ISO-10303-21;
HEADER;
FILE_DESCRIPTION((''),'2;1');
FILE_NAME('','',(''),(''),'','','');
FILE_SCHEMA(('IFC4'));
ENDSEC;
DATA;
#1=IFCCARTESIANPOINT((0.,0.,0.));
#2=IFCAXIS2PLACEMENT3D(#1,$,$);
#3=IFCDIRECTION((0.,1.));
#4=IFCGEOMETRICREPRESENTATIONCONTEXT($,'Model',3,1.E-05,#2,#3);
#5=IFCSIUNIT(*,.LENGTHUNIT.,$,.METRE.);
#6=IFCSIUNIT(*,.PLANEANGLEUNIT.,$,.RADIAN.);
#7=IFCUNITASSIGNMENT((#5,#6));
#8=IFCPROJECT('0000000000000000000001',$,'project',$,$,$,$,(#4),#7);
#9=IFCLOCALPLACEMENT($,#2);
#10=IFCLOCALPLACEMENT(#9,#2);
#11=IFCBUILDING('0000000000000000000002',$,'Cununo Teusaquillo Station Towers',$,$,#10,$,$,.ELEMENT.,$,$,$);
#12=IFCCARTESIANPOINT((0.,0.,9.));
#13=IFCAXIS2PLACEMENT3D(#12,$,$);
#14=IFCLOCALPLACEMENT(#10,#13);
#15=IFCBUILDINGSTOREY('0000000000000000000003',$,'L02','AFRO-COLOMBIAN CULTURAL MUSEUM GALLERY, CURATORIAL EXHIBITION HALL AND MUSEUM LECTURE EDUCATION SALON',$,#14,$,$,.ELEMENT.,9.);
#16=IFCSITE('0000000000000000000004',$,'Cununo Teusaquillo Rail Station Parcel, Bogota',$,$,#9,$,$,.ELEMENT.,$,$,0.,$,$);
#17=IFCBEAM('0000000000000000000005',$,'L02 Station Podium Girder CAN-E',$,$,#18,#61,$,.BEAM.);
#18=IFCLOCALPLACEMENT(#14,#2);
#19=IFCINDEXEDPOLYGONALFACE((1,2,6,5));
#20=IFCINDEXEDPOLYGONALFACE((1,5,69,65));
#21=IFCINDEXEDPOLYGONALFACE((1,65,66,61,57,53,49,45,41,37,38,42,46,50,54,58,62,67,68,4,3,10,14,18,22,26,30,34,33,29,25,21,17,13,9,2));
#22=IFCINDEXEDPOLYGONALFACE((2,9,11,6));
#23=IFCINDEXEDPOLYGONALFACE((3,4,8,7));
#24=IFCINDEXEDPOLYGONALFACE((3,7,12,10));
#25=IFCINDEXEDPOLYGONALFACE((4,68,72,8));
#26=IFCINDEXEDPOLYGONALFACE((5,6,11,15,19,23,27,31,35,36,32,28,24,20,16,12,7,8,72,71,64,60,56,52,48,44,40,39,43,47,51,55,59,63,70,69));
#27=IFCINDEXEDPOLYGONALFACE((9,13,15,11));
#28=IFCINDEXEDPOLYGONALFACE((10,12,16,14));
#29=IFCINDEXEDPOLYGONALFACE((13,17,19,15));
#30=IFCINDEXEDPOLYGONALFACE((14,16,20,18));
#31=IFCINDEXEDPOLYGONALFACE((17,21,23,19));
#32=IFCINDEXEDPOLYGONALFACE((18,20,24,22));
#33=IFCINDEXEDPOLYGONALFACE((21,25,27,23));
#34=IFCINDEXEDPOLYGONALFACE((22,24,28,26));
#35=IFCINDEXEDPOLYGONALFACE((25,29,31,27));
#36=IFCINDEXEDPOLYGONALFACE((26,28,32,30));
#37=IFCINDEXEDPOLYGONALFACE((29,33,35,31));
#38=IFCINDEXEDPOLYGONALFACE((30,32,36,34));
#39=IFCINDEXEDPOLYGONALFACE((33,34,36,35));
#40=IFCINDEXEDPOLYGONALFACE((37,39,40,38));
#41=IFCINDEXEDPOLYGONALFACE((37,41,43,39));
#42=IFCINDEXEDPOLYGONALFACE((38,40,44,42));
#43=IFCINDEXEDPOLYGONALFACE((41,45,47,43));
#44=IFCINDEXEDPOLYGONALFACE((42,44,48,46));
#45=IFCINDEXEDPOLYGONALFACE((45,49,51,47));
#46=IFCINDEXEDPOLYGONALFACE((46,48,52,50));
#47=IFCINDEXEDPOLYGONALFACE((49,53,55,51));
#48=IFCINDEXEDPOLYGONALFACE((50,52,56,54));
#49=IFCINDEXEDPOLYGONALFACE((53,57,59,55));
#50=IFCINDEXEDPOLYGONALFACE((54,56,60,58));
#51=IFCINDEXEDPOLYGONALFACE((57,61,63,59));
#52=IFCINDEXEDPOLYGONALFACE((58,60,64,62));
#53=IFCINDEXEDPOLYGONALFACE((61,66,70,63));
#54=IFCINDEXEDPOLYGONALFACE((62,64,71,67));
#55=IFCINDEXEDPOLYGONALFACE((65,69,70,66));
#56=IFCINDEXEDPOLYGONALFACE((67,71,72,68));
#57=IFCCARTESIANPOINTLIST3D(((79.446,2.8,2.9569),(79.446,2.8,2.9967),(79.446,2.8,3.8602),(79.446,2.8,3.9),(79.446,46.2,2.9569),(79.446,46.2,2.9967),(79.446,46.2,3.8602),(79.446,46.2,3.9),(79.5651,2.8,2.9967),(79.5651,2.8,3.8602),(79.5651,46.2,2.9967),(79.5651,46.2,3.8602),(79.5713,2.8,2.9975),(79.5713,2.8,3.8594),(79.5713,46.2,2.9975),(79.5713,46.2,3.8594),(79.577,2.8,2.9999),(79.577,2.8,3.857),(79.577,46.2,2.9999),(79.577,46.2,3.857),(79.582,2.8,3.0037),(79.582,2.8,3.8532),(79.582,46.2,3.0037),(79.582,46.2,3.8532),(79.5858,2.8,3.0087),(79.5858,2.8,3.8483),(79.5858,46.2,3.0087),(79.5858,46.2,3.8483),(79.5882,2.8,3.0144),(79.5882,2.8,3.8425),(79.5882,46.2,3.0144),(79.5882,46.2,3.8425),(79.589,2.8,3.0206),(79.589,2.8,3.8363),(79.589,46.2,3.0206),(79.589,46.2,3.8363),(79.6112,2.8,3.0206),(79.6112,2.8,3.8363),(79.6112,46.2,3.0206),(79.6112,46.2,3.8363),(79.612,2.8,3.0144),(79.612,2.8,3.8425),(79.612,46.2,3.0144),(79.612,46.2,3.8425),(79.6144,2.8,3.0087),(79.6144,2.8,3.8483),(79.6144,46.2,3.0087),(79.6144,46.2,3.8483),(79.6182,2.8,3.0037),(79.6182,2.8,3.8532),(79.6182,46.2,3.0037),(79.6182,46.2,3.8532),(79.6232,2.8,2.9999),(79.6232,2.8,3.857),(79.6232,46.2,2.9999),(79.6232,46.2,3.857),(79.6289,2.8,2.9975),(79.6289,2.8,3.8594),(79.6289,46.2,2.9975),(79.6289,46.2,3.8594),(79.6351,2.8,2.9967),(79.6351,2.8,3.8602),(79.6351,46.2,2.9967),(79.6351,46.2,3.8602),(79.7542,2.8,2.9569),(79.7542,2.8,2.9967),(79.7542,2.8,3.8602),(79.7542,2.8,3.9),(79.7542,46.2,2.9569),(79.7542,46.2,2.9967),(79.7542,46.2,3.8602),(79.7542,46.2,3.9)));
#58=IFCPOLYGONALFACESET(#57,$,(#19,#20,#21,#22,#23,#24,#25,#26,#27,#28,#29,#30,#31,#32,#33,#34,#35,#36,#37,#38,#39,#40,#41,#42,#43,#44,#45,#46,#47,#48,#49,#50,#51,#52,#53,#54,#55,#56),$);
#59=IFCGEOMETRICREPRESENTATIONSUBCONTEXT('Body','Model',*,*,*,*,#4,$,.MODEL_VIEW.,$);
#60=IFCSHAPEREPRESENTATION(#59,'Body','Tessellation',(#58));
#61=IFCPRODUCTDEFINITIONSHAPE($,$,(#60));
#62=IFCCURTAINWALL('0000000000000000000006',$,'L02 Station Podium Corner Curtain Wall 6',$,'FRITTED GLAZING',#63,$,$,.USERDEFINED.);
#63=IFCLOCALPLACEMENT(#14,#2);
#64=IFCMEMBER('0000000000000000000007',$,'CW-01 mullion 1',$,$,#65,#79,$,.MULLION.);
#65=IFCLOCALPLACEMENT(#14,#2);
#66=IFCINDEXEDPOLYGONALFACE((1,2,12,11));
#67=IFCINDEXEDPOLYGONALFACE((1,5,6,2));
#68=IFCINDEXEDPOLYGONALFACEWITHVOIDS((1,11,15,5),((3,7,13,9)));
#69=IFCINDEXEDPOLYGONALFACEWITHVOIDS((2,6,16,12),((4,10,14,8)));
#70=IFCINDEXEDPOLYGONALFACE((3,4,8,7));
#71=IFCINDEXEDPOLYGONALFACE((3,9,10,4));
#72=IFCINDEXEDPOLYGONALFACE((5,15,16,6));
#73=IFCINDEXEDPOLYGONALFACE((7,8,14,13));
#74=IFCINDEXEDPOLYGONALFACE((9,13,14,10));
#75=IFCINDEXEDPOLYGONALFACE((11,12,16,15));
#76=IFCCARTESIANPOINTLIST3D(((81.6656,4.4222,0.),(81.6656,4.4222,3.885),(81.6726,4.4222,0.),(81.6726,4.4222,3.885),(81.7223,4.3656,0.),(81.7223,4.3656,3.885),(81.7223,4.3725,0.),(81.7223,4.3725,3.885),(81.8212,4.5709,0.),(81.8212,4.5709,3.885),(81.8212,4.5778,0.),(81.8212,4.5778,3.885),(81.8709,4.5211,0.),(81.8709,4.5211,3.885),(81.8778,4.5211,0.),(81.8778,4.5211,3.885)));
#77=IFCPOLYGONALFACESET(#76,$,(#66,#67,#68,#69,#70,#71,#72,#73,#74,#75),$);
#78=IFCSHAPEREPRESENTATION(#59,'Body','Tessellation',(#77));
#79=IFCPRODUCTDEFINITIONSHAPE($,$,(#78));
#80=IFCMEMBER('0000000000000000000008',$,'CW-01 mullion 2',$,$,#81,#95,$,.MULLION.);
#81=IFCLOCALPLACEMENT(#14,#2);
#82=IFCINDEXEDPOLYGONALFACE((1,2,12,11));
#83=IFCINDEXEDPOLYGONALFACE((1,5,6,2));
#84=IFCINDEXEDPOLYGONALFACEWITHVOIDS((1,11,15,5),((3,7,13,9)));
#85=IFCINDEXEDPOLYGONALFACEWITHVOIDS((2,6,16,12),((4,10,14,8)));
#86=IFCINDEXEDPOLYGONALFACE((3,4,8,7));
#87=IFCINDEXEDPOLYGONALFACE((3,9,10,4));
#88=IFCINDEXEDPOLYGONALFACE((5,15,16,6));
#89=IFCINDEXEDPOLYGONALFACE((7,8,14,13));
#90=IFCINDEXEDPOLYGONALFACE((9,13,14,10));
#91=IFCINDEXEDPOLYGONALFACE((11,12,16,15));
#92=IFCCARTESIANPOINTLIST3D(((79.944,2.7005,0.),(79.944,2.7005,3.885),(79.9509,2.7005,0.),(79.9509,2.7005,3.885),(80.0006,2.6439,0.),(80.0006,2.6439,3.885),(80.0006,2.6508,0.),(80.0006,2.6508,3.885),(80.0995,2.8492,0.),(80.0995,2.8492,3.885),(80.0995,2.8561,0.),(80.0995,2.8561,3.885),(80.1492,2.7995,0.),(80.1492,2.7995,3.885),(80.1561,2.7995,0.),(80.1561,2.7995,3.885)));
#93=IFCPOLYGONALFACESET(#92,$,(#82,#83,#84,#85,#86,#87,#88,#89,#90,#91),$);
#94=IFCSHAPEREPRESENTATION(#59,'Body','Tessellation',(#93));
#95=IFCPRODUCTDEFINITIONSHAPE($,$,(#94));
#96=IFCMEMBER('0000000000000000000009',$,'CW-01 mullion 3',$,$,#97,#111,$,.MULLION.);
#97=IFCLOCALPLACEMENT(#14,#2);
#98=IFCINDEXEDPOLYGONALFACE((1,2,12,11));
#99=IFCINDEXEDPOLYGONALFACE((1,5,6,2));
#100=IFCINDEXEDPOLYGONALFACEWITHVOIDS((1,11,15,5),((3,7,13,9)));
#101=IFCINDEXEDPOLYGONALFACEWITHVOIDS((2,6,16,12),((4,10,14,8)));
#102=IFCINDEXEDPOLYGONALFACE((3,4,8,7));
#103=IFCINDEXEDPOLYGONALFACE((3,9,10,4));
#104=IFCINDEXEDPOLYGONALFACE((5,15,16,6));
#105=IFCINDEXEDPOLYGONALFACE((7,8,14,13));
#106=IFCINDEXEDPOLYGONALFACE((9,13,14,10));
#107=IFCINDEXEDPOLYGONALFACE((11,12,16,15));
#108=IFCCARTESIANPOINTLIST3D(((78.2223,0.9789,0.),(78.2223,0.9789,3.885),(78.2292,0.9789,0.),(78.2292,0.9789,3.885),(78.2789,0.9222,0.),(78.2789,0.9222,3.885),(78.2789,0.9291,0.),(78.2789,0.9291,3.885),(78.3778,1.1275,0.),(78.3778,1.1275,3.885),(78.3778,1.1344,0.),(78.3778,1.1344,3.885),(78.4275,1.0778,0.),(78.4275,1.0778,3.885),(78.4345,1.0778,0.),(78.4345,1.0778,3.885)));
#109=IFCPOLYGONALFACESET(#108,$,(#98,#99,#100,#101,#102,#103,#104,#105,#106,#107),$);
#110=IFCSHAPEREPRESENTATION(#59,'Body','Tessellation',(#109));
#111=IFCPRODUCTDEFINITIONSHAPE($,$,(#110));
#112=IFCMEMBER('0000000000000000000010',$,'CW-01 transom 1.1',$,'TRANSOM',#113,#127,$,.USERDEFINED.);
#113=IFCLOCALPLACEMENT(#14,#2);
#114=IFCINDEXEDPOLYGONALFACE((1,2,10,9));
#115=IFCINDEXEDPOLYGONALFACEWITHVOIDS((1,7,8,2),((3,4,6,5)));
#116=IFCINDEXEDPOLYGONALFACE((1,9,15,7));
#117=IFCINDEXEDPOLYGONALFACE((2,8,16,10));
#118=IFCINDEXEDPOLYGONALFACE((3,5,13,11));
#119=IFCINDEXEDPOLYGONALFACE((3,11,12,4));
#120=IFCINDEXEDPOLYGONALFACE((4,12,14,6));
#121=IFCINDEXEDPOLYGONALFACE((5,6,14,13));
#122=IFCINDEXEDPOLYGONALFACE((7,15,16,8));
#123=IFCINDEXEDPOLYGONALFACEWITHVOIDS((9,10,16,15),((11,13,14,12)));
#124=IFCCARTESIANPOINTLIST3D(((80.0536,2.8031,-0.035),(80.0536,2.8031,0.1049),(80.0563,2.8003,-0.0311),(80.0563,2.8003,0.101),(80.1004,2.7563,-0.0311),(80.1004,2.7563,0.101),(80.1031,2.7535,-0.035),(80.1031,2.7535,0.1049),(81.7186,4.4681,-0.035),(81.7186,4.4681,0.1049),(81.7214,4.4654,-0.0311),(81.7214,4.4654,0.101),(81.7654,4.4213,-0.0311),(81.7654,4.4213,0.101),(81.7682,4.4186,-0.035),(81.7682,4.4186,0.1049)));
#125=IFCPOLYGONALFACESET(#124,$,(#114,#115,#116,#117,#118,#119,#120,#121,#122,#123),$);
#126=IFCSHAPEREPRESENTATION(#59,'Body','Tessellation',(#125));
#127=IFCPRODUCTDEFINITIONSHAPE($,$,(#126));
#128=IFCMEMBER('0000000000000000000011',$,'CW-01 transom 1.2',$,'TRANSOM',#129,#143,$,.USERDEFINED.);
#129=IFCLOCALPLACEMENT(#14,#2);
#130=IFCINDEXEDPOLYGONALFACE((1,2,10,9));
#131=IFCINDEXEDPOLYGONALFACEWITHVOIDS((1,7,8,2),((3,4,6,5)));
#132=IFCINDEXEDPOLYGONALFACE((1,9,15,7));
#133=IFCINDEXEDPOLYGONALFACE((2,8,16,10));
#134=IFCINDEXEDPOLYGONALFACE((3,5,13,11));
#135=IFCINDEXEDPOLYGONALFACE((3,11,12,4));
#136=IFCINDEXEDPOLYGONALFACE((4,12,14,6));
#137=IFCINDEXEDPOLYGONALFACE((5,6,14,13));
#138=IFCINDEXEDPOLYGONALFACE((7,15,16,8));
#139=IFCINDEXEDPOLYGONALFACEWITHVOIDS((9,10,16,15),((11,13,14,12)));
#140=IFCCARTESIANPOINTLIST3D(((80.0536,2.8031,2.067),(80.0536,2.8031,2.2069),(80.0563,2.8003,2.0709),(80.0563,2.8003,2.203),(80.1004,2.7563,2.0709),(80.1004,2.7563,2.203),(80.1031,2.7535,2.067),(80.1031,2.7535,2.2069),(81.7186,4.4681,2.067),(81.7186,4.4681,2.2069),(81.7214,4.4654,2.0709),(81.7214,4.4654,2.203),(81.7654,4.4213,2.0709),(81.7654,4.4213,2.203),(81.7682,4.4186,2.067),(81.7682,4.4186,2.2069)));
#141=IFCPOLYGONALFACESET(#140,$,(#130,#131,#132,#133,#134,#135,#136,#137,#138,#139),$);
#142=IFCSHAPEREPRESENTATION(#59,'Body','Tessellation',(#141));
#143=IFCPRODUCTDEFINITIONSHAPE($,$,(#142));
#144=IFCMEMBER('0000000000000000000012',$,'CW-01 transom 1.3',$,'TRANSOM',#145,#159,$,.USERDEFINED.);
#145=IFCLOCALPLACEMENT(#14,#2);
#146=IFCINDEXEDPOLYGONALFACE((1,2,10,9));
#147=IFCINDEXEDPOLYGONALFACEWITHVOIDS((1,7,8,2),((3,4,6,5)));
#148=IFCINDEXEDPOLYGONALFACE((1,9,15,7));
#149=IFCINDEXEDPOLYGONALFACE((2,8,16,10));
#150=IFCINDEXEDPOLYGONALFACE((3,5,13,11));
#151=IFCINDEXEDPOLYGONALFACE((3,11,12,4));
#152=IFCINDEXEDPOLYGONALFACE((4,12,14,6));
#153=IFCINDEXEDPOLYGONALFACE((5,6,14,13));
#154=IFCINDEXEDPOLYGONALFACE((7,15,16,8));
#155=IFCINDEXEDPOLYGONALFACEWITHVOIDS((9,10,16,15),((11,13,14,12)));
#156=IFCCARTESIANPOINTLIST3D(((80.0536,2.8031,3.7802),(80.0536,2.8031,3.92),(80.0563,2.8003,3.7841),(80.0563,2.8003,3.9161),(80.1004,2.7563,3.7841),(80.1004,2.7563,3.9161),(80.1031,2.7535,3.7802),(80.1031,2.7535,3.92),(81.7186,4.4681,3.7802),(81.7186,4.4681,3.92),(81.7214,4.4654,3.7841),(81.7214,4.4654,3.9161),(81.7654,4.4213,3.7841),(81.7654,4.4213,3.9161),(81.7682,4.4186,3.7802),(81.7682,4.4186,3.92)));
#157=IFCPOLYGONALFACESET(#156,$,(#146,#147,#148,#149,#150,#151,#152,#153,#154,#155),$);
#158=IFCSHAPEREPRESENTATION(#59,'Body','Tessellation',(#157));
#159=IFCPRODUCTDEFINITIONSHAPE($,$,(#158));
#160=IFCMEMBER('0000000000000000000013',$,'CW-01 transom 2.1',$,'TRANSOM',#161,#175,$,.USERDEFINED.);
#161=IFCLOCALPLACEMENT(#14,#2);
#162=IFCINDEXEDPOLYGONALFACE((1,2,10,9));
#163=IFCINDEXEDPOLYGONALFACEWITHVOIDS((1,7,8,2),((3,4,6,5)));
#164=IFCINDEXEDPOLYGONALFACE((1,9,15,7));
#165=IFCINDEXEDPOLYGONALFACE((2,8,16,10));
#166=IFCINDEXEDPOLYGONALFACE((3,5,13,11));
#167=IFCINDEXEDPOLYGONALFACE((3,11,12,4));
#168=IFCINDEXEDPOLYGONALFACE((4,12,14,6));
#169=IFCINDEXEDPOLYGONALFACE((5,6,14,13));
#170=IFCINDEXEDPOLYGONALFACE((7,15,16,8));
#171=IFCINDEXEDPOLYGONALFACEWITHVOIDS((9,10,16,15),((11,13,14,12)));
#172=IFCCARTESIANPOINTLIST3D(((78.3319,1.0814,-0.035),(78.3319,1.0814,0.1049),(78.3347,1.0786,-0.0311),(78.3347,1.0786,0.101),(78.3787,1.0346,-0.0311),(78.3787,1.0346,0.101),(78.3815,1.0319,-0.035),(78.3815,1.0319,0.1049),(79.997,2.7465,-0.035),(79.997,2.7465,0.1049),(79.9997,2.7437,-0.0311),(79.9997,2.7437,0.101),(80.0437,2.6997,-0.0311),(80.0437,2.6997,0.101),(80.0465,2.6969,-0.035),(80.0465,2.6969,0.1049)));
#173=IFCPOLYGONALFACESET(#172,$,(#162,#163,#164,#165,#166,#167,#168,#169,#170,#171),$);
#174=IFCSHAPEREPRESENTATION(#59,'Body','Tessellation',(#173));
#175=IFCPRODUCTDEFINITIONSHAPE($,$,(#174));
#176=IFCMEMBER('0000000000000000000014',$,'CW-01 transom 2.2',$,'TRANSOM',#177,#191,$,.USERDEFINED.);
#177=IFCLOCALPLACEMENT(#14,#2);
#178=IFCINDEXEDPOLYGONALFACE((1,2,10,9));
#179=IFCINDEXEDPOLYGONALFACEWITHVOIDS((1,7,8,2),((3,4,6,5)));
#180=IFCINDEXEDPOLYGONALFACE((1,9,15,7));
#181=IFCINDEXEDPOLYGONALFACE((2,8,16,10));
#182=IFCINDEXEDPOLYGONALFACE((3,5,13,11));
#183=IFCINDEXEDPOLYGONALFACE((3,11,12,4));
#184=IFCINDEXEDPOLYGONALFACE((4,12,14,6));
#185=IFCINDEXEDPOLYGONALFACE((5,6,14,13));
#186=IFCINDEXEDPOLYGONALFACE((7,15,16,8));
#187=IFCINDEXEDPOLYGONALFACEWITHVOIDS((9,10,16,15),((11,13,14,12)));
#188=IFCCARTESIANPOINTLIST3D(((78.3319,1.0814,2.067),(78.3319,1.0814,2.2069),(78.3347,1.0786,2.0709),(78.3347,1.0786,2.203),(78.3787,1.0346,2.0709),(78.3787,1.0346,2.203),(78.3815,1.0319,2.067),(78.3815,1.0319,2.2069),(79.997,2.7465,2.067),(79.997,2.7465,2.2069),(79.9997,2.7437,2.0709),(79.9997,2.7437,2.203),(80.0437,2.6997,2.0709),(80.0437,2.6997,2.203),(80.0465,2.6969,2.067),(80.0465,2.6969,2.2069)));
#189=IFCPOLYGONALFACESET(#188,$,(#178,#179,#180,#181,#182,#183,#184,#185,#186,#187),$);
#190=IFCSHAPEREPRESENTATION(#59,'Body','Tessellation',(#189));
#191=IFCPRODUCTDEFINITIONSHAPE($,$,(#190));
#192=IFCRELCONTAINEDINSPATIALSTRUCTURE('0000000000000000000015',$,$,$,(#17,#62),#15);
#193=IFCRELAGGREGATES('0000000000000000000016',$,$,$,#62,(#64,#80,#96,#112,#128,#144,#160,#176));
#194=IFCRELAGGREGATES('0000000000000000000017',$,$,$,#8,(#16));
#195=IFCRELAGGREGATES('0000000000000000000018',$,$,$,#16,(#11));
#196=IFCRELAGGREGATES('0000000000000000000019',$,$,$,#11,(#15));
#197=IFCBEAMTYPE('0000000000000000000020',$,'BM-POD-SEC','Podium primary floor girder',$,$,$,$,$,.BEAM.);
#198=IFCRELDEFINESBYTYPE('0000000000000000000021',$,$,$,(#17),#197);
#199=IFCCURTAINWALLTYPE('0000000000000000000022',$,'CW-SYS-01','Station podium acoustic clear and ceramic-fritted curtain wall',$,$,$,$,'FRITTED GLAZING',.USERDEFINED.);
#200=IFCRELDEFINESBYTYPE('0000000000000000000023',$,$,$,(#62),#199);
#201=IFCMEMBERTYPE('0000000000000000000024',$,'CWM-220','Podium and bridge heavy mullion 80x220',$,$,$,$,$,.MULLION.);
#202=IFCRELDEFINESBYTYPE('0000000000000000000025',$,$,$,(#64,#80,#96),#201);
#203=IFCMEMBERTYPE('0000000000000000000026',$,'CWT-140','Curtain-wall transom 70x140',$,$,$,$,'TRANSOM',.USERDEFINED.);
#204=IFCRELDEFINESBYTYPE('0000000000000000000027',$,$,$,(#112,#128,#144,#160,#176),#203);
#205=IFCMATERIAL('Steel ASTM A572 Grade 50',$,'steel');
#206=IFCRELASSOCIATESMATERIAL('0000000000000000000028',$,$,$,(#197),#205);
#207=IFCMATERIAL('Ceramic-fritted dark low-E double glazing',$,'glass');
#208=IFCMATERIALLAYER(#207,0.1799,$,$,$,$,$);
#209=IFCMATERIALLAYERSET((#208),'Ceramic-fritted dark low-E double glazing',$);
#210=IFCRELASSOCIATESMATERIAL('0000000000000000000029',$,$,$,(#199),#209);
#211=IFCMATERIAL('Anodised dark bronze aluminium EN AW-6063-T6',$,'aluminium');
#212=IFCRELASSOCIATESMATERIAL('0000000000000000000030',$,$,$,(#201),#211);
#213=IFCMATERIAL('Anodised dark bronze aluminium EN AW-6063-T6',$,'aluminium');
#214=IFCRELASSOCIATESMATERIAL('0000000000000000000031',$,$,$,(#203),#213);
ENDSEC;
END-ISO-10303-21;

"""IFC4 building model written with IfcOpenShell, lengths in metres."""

from ifc_helpers import new_model, si_unit, direction, frame, origin, origin_2d, place, context, subcontext, project, spatial, hollow_rectangle, i_section, extrude, material, layer, layer_set, material_profile, profile_set, type_object, element, aggregate, save


model = new_model("IFC4")

# Units and contexts
model_context = context("Model", 3, precision=1e-05, world=origin(), true_north=direction((0.0, 1.0)))
body_context = subcontext(model_context, "Body", "Model", "MODEL_VIEW")
ifc_project = project(units=[si_unit("LENGTHUNIT", "METRE"), si_unit("PLANEANGLEUNIT", "RADIAN")], contexts=[model_context])

# Site, building, storey
site_placement = place(None, origin())
site = spatial("IfcSite", under=ifc_project, at=site_placement, Name="Cununo Teusaquillo Rail Station Parcel, Bogota", CompositionType="ELEMENT", RefElevation=0.0)
building_placement = place(site_placement, origin())
building = spatial("IfcBuilding", under=site, at=building_placement, Name="Cununo Teusaquillo Station Towers", CompositionType="ELEMENT")
storey_placement = place(building_placement, frame((0.0, 0.0, 9.0)))
storey = spatial("IfcBuildingStorey", under=building, at=storey_placement, Name="L02", Description="AFRO-COLOMBIAN CULTURAL MUSEUM GALLERY, CURATORIAL EXHIBITION HALL AND MUSEUM LECTURE EDUCATION SALON", CompositionType="ELEMENT", Elevation=9.0)

# Beam
ifc_material_1 = material(Name="Steel ASTM A572 Grade 50", Category="steel")
ifc_material_profile_1 = material_profile(ifc_material_1, i_section(OverallWidth=0.3081, OverallDepth=0.9431, WebThickness=0.0222, FlangeThickness=0.0398, FilletRadius=0.0239, at=origin_2d()), Name="W36X232")
ifc_profile_set_1 = profile_set([ifc_material_profile_1], Name="Steel ASTM A572 Grade 50")
beam_type_1 = type_object("IfcBeamType", Name="BM-POD-SEC", Description="Podium primary floor girder", PredefinedType="BEAM", material=ifc_profile_set_1)
beam_placement = place(storey_placement, frame((79.6001, 2.8, 3.4285), z_axis=(0.0, 1.0, 0.0), x_axis=(-1.0, 0.0, 0.0)))
element("IfcBeam", 1, at=beam_placement, inside=storey, type_object=beam_type_1, Name="L02 Station Podium Girder CAN-E", PredefinedType="BEAM", context=body_context, shape_type="SweptSolid", body=[
    extrude(i_section(OverallWidth=0.3081, OverallDepth=0.9431, WebThickness=0.0222, FlangeThickness=0.0398, FilletRadius=0.0239, at=origin_2d()), origin(), (0.0, 0.0, 1.0), 43.3999),
])

# Curtain wall, members
ifc_material_2 = material(Name="Ceramic-fritted dark low-E double glazing", Category="glass")
ifc_layer_1 = layer(ifc_material_2, 0.1799)
ifc_layer_set_1 = layer_set([ifc_layer_1], Name="Ceramic-fritted dark low-E double glazing")
curtain_wall_type = type_object("IfcCurtainWallType", Name="CW-SYS-01", Description="Station podium acoustic clear and ceramic-fritted curtain wall", ElementType="FRITTED GLAZING", PredefinedType="USERDEFINED", material=ifc_layer_set_1)
curtain_wall_placement = place(storey_placement, origin())
curtain_wall = element("IfcCurtainWall", 2, at=curtain_wall_placement, inside=storey, type_object=curtain_wall_type, Name="L02 Station Podium Corner Curtain Wall 6", ObjectType="FRITTED GLAZING", PredefinedType="USERDEFINED")
ifc_material_3 = material(Name="Anodised dark bronze aluminium EN AW-6063-T6", Category="aluminium")
ifc_material_profile_2 = material_profile(ifc_material_3, hollow_rectangle(XDim=0.0801, YDim=0.22, WallThickness=0.0049, at=origin_2d()), Name="CW-MULL-80x220")
ifc_profile_set_2 = profile_set([ifc_material_profile_2], Name="Anodised dark bronze aluminium EN AW-6063-T6")
member_type_1 = type_object("IfcMemberType", Name="CWM-220", Description="Podium and bridge heavy mullion 80x220", PredefinedType="MULLION", material=ifc_profile_set_2)
member_1_placement = place(storey_placement, frame((81.7717, 4.4717, 0.0), z_axis=(0.0, 0.0, 1.0), x_axis=(0.707107, -0.707107, 0.0)))
member_1 = element("IfcMember", 3, at=member_1_placement, type_object=member_type_1, Name="CW-01 mullion 1", PredefinedType="MULLION", context=body_context, shape_type="SweptSolid", body=[
    extrude(hollow_rectangle(XDim=0.0801, YDim=0.22, WallThickness=0.0049, at=origin_2d()), origin(), (0.0, 0.0, 1.0), 3.885),
])
member_2_placement = place(storey_placement, frame((80.05, 2.75, 0.0), z_axis=(0.0, 0.0, 1.0), x_axis=(0.707107, -0.707107, 0.0)))
member_2 = element("IfcMember", 4, at=member_2_placement, type_object=member_type_1, Name="CW-01 mullion 2", PredefinedType="MULLION", context=body_context, shape_type="SweptSolid", body=[
    extrude(hollow_rectangle(XDim=0.0801, YDim=0.22, WallThickness=0.0049, at=origin_2d()), origin(), (0.0, 0.0, 1.0), 3.885),
])
member_3_placement = place(storey_placement, frame((78.3284, 1.0283, 0.0), z_axis=(0.0, 0.0, 1.0), x_axis=(0.707107, -0.707107, 0.0)))
member_3 = element("IfcMember", 5, at=member_3_placement, type_object=member_type_1, Name="CW-01 mullion 3", PredefinedType="MULLION", context=body_context, shape_type="SweptSolid", body=[
    extrude(hollow_rectangle(XDim=0.0801, YDim=0.22, WallThickness=0.0049, at=origin_2d()), origin(), (0.0, 0.0, 1.0), 3.885),
])
ifc_material_4 = material(Name="Anodised dark bronze aluminium EN AW-6063-T6", Category="aluminium")
ifc_material_profile_3 = material_profile(ifc_material_4, hollow_rectangle(XDim=0.0701, YDim=0.1399, WallThickness=0.0039, at=origin_2d()), Name="CW-TRAN-70x140")
ifc_profile_set_3 = profile_set([ifc_material_profile_3], Name="Anodised dark bronze aluminium EN AW-6063-T6")
member_type_2 = type_object("IfcMemberType", Name="CWT-140", Description="Curtain-wall transom 70x140", ElementType="TRANSOM", PredefinedType="USERDEFINED", material=ifc_profile_set_3)
member_4_placement = place(storey_placement, frame((81.7434, 4.4434, 0.0349), z_axis=(-0.707107, -0.707107, 0.0), x_axis=(0.707107, -0.707107, 0.0)))
member_4 = element("IfcMember", 6, at=member_4_placement, type_object=member_type_2, Name="CW-01 transom 1.1", ObjectType="TRANSOM", PredefinedType="USERDEFINED", context=body_context, shape_type="SweptSolid", body=[
    extrude(hollow_rectangle(XDim=0.0701, YDim=0.1399, WallThickness=0.0039, at=origin_2d()), origin(), (0.0, 0.0, 1.0), 2.3547),
])
member_5_placement = place(storey_placement, frame((81.7434, 4.4434, 2.137), z_axis=(-0.707107, -0.707107, 0.0), x_axis=(0.707107, -0.707107, 0.0)))
member_5 = element("IfcMember", 7, at=member_5_placement, type_object=member_type_2, Name="CW-01 transom 1.2", ObjectType="TRANSOM", PredefinedType="USERDEFINED", context=body_context, shape_type="SweptSolid", body=[
    extrude(hollow_rectangle(XDim=0.0701, YDim=0.1399, WallThickness=0.0039, at=origin_2d()), origin(), (0.0, 0.0, 1.0), 2.3547),
])
member_6_placement = place(storey_placement, frame((81.7434, 4.4434, 3.8501), z_axis=(-0.707107, -0.707107, 0.0), x_axis=(0.707107, -0.707107, 0.0)))
member_6 = element("IfcMember", 8, at=member_6_placement, type_object=member_type_2, Name="CW-01 transom 1.3", ObjectType="TRANSOM", PredefinedType="USERDEFINED", context=body_context, shape_type="SweptSolid", body=[
    extrude(hollow_rectangle(XDim=0.0701, YDim=0.1399, WallThickness=0.0039, at=origin_2d()), origin(), (0.0, 0.0, 1.0), 2.3547),
])
member_7_placement = place(storey_placement, frame((80.0217, 2.7217, 0.0349), z_axis=(-0.707107, -0.707107, 0.0), x_axis=(0.707107, -0.707107, 0.0)))
member_7 = element("IfcMember", 9, at=member_7_placement, type_object=member_type_2, Name="CW-01 transom 2.1", ObjectType="TRANSOM", PredefinedType="USERDEFINED", context=body_context, shape_type="SweptSolid", body=[
    extrude(hollow_rectangle(XDim=0.0701, YDim=0.1399, WallThickness=0.0039, at=origin_2d()), origin(), (0.0, 0.0, 1.0), 2.3547),
])
member_8_placement = place(storey_placement, frame((80.0217, 2.7217, 2.137), z_axis=(-0.707107, -0.707107, 0.0), x_axis=(0.707107, -0.707107, 0.0)))
member_8 = element("IfcMember", 10, at=member_8_placement, type_object=member_type_2, Name="CW-01 transom 2.2", ObjectType="TRANSOM", PredefinedType="USERDEFINED", context=body_context, shape_type="SweptSolid", body=[
    extrude(hollow_rectangle(XDim=0.0701, YDim=0.1399, WallThickness=0.0039, at=origin_2d()), origin(), (0.0, 0.0, 1.0), 2.3547),
])
aggregate(curtain_wall, [member_1, member_2, member_3, member_4, member_5, member_6, member_7, member_8])

save(model, "model.ifc")
